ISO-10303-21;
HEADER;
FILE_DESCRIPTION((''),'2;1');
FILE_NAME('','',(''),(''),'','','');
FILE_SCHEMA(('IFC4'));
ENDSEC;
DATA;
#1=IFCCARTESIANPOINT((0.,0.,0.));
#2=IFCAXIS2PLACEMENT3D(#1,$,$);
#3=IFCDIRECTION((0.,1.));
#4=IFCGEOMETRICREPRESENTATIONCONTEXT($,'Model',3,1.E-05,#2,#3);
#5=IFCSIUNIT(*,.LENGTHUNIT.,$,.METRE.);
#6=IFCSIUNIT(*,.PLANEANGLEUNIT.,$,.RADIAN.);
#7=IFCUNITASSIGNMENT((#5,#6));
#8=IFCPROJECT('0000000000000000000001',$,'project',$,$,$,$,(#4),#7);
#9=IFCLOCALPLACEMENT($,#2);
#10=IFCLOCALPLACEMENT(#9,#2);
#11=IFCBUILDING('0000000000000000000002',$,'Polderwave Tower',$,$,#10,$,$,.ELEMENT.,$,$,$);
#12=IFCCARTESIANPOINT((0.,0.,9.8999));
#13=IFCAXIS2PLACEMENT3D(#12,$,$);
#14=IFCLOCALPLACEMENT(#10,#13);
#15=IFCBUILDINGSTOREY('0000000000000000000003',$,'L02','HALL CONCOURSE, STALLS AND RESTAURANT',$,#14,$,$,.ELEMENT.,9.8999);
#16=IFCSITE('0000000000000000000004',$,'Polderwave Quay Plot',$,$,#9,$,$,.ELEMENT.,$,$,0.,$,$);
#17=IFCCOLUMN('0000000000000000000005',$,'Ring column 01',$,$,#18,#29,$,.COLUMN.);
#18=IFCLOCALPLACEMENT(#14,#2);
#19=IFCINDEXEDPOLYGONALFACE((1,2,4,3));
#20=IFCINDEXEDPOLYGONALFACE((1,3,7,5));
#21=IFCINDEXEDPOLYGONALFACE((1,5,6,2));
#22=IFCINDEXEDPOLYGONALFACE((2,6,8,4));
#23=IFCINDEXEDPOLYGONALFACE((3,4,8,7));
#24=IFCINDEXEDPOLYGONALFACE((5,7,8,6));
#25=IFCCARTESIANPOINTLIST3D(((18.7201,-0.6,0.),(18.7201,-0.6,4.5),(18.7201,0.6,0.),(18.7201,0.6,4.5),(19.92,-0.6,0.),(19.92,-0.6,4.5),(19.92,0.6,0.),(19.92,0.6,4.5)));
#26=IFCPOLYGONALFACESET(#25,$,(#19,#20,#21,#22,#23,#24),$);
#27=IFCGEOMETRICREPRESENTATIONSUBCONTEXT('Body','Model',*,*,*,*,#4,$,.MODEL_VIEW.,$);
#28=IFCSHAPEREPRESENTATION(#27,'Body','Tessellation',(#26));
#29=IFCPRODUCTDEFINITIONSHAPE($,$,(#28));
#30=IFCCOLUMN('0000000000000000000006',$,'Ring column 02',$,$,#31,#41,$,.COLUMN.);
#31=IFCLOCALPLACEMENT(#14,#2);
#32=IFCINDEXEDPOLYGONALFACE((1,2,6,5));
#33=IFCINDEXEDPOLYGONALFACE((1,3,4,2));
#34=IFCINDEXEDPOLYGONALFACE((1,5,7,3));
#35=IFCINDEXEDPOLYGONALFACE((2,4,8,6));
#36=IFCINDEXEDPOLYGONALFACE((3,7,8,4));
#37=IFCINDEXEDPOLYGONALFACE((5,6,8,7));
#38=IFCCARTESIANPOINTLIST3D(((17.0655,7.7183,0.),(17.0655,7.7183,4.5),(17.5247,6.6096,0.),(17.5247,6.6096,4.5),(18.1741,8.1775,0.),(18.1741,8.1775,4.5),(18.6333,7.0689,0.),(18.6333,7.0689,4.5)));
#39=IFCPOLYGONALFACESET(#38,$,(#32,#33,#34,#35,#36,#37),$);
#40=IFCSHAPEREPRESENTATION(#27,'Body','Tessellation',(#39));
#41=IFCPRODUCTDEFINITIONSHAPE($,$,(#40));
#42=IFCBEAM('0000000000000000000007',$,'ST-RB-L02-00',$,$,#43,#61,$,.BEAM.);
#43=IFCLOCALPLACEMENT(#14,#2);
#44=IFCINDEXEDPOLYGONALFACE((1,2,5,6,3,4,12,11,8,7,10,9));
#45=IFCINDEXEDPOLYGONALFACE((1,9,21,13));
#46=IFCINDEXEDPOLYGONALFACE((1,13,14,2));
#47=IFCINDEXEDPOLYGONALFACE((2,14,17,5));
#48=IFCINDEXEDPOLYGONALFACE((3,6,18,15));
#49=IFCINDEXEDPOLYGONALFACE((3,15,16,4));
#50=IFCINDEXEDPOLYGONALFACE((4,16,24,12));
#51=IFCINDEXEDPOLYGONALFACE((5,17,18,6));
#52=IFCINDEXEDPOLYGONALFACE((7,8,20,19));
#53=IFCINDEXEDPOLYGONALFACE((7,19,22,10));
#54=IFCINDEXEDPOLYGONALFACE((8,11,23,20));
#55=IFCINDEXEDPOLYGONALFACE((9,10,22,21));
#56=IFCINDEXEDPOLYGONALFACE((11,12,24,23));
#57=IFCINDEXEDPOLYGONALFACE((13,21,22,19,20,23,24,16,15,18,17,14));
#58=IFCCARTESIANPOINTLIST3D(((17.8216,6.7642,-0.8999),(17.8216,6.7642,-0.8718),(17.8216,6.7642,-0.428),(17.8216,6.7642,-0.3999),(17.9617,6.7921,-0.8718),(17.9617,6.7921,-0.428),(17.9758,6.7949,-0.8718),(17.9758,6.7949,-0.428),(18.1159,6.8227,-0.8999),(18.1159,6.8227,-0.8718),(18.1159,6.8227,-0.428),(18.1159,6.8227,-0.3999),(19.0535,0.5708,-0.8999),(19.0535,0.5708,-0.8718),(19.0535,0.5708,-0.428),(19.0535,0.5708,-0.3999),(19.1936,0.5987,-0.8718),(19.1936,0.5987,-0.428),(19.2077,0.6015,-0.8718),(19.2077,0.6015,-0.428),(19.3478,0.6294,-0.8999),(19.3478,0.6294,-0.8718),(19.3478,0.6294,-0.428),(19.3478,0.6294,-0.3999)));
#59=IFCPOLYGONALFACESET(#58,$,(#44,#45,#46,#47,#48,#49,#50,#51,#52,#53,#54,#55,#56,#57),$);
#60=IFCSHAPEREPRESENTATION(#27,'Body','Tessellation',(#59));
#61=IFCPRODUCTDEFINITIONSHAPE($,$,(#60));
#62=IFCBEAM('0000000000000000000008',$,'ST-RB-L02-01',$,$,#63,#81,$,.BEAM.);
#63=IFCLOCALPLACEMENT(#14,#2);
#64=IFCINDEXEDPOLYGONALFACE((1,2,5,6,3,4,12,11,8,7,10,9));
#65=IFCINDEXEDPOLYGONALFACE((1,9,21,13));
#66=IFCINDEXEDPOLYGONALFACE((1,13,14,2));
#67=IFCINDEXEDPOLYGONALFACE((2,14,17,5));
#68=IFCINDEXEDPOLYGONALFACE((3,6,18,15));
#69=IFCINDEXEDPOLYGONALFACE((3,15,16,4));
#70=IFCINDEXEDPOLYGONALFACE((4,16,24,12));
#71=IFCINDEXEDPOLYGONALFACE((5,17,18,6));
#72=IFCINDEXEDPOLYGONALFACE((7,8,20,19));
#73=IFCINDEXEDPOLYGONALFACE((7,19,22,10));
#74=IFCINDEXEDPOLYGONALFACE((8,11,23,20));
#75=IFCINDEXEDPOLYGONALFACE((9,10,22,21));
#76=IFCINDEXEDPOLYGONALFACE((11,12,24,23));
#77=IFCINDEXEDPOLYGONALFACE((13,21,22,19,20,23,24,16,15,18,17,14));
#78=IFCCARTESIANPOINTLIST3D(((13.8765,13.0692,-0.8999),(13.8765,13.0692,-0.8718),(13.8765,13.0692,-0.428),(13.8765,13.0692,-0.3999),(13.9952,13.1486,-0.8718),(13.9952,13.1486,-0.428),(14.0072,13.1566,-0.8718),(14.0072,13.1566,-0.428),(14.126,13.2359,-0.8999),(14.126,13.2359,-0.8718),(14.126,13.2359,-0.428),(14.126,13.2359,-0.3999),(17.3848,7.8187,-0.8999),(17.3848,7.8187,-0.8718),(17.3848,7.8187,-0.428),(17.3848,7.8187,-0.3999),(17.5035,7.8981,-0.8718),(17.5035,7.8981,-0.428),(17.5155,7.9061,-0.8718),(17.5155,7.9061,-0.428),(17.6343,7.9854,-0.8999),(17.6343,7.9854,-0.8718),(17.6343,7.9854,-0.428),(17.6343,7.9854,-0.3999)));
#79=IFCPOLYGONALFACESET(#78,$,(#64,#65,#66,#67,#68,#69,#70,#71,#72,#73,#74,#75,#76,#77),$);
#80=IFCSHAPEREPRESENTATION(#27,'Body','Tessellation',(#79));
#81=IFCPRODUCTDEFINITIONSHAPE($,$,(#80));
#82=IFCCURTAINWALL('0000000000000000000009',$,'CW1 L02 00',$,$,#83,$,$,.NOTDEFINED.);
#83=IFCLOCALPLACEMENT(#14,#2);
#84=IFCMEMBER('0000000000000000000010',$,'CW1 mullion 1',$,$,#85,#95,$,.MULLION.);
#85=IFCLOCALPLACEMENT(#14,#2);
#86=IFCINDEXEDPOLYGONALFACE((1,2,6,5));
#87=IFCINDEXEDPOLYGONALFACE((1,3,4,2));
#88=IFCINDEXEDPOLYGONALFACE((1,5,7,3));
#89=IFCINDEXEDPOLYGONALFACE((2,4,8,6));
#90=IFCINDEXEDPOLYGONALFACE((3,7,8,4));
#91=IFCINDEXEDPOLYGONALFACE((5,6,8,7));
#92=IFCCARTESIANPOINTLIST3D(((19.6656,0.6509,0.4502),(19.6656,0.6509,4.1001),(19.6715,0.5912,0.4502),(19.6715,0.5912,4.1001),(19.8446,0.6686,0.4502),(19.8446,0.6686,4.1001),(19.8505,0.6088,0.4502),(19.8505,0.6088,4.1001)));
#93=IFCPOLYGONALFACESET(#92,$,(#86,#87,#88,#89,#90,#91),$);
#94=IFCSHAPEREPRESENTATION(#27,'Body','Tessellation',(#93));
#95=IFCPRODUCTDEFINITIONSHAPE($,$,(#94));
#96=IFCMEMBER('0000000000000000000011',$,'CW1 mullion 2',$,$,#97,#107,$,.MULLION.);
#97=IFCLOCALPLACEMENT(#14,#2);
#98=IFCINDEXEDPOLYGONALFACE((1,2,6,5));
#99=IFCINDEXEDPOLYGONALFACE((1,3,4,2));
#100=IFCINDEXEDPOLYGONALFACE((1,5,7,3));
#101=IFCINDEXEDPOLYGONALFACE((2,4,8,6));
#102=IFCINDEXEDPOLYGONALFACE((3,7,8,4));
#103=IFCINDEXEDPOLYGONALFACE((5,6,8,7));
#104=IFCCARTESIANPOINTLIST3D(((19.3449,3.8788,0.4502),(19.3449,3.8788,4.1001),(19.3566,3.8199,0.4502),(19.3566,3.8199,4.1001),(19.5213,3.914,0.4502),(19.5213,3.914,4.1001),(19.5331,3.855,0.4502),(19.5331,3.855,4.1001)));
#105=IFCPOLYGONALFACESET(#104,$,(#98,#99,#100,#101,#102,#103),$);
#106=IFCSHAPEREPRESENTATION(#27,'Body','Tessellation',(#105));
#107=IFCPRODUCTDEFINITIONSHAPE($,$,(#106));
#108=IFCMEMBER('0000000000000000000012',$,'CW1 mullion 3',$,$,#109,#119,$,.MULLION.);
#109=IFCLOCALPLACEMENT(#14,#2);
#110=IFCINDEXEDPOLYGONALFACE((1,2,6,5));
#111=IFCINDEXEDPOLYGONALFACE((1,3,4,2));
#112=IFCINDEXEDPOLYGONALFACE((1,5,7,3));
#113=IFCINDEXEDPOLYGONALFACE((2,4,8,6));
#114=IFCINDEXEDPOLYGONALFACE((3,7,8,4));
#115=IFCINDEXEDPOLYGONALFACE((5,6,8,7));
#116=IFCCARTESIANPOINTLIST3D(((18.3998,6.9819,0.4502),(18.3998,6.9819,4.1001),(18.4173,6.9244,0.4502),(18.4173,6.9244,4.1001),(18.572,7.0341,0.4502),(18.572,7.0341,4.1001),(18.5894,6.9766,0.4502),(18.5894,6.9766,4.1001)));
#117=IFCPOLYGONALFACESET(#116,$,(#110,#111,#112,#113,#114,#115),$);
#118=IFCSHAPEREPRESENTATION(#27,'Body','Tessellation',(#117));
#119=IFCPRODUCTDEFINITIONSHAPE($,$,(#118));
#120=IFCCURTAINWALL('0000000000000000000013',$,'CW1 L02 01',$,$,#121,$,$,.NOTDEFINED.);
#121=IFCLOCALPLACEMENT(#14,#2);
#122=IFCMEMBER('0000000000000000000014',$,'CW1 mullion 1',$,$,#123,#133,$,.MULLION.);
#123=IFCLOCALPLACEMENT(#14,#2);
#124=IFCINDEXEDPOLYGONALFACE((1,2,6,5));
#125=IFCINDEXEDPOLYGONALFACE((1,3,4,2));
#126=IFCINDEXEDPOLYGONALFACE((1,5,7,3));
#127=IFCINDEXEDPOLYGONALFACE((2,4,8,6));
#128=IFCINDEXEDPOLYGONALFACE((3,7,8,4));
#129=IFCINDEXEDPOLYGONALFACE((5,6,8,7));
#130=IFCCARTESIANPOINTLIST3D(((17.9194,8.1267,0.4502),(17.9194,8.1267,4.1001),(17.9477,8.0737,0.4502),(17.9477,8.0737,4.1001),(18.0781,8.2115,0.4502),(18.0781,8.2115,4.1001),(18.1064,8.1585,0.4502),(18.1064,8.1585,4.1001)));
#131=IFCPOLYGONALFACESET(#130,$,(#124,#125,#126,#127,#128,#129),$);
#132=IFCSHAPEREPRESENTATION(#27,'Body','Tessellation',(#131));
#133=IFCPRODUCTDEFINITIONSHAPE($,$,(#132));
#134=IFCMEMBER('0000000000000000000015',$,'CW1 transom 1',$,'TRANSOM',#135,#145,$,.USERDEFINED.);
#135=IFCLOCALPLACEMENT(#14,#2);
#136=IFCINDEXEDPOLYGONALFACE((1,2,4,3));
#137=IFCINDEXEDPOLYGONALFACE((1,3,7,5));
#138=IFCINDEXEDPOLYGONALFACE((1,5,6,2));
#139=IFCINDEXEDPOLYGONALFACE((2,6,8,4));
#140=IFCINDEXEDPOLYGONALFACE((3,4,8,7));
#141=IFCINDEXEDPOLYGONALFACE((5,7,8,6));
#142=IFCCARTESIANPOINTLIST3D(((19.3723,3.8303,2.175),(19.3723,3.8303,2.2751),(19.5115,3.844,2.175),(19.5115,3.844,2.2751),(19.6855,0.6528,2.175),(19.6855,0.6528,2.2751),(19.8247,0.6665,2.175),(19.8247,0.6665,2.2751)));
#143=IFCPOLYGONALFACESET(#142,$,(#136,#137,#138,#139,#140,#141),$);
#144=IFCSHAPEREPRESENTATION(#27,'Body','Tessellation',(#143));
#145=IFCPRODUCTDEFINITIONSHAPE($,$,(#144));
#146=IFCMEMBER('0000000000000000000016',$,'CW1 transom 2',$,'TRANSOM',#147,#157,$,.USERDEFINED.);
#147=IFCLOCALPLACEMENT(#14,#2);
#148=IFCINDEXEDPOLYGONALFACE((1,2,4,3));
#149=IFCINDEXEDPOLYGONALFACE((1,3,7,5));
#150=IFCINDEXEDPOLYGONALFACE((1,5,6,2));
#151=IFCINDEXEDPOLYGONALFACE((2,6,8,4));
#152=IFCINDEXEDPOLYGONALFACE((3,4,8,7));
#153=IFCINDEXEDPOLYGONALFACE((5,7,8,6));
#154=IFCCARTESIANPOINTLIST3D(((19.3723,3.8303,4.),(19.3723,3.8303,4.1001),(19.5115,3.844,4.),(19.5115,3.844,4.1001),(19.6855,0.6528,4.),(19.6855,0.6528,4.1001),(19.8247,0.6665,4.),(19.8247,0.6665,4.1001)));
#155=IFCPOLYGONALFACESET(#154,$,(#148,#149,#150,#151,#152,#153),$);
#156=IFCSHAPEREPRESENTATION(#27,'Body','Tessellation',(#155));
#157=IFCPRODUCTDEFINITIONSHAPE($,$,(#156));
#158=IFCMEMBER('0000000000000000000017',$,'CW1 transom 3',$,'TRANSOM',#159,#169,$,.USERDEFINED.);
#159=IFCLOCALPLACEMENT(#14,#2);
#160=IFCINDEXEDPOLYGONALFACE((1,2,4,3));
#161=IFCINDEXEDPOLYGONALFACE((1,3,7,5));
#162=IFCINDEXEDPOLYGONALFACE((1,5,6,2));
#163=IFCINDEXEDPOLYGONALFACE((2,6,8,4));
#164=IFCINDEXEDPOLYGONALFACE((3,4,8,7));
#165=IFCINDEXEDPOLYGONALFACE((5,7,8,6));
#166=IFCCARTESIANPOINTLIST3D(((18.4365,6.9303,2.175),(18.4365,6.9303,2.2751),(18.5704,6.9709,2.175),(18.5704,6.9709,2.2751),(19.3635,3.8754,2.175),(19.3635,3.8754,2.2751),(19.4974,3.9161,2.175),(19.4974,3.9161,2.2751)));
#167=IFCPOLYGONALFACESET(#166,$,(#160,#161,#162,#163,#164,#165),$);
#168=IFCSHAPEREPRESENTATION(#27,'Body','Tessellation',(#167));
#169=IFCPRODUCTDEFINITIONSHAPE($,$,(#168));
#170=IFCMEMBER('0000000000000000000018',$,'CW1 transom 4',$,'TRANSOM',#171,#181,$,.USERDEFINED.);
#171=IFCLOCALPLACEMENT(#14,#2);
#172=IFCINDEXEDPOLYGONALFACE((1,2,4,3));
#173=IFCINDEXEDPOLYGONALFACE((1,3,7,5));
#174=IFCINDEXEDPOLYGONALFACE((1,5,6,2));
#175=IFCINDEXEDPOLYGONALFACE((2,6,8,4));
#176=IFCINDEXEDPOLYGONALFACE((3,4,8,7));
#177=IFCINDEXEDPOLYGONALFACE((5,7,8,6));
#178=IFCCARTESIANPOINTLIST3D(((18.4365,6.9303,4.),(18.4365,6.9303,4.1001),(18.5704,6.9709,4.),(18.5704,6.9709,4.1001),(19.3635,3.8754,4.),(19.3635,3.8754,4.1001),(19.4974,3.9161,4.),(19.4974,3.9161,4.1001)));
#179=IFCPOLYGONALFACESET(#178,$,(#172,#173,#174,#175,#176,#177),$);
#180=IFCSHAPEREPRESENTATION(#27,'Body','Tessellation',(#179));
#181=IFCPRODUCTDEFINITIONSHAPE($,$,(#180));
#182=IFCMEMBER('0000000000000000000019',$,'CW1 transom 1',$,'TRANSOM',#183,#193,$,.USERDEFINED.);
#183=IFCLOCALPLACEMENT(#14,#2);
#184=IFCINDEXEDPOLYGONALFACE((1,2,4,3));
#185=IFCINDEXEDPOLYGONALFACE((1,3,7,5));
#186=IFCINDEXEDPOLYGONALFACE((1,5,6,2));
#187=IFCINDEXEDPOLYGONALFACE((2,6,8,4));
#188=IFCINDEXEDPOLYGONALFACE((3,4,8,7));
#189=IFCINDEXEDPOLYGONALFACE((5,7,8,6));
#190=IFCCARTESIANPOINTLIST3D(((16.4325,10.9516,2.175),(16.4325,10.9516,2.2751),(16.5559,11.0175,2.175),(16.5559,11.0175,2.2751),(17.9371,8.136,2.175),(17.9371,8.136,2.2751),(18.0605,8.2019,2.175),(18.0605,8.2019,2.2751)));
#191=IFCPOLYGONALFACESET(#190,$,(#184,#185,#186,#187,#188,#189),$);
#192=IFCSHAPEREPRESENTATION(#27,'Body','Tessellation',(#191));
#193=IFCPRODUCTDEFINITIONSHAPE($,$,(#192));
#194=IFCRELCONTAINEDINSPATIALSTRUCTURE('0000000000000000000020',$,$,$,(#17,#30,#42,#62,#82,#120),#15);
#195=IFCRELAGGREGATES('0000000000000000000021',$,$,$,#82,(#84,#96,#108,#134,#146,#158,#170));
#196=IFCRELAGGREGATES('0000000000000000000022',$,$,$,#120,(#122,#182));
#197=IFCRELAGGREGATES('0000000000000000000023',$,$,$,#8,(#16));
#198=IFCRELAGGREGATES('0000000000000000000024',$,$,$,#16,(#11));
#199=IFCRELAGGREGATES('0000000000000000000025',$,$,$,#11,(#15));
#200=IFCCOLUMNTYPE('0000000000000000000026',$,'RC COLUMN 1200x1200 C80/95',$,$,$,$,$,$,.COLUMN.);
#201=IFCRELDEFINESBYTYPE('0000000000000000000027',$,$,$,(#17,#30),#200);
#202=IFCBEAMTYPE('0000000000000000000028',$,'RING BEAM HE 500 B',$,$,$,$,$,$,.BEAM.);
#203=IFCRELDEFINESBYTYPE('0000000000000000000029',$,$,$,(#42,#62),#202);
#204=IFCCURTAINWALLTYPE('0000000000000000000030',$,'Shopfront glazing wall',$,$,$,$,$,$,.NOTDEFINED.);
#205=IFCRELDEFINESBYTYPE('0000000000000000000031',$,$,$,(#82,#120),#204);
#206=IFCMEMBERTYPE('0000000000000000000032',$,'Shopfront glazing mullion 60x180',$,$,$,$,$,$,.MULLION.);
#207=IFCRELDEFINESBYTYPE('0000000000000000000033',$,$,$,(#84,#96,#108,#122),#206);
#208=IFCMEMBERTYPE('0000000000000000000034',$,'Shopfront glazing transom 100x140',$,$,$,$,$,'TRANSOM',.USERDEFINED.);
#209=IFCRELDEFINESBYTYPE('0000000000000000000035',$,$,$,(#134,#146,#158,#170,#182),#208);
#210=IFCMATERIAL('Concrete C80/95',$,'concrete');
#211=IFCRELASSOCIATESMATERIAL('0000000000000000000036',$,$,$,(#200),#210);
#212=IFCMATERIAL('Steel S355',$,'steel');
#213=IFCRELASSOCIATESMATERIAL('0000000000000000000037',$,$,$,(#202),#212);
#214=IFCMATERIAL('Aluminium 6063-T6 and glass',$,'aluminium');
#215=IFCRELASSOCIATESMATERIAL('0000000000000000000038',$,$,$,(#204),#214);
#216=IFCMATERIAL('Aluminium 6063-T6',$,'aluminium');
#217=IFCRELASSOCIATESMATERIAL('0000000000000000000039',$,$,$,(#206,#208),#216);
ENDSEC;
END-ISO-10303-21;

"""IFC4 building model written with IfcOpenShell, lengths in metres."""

from ifc_helpers import new_model, si_unit, direction, frame, origin, origin_2d, place, context, subcontext, project, spatial, rectangle, i_section, extrude, material, material_profile, profile_set, type_object, element, aggregate, save


model = new_model("IFC4")

# Units and contexts
model_context = context("Model", 3, precision=1e-05, world=origin(), true_north=direction((0.0, 1.0)))
body_context = subcontext(model_context, "Body", "Model", "MODEL_VIEW")
ifc_project = project(units=[si_unit("LENGTHUNIT", "METRE"), si_unit("PLANEANGLEUNIT", "RADIAN")], contexts=[model_context])

# Site, building, storey
site_placement = place(None, origin())
site = spatial("IfcSite", under=ifc_project, at=site_placement, Name="Polderwave Quay Plot", CompositionType="ELEMENT", RefElevation=0.0)
building_placement = place(site_placement, origin())
building = spatial("IfcBuilding", under=site, at=building_placement, Name="Polderwave Tower", CompositionType="ELEMENT")
storey_placement = place(building_placement, frame((0.0, 0.0, 9.8999)))
storey = spatial("IfcBuildingStorey", under=building, at=storey_placement, Name="L02", Description="HALL CONCOURSE, STALLS AND RESTAURANT", CompositionType="ELEMENT", Elevation=9.8999)

# Columns
ifc_material_1 = material(Name="Concrete C80/95", Category="concrete")
ifc_material_profile_1 = material_profile(ifc_material_1, rectangle(XDim=1.2, YDim=1.2, at=origin_2d()), Name="RC 1200x1200")
ifc_profile_set_1 = profile_set([ifc_material_profile_1], Name="Concrete C80/95")
column_type = type_object("IfcColumnType", Name="RC COLUMN 1200x1200 C80/95", PredefinedType="COLUMN", material=ifc_profile_set_1)
for number, where, z_axis, x_axis, name in (
    (1, (19.3201, 0.0, 0.0), (0.0, 0.0, 1.0), (1.0, 0.0, 0.0), "Ring column 01"),
    (2, (17.8494, 7.3936, 0.0), (0.0, 0.0, 1.0), (0.92388, 0.382683, 0.0), "Ring column 02"),
):
    element("IfcColumn", number, at=place(storey_placement, frame(where, z_axis=z_axis, x_axis=x_axis)), inside=storey, type_object=column_type, Name=name, PredefinedType="COLUMN", context=body_context, shape_type="SweptSolid", body=[
        extrude(rectangle(XDim=1.2, YDim=1.2, at=origin_2d()), origin(), (0.0, 0.0, 1.0), 4.5),
    ])

# Beams
ifc_material_2 = material(Name="Steel S355", Category="steel")
ifc_material_profile_2 = material_profile(ifc_material_2, i_section(OverallWidth=0.3, OverallDepth=0.5, WebThickness=0.0144, FlangeThickness=0.0281, at=origin_2d()), Name="HE 500 B")
ifc_profile_set_2 = profile_set([ifc_material_profile_2], Name="Steel S355")
beam_type = type_object("IfcBeamType", Name="RING BEAM HE 500 B", PredefinedType="BEAM", material=ifc_profile_set_2)
for number, where, z_axis, x_axis, name in (
    (3, (19.2007, 0.6001, -0.6499), (-0.19509, 0.980785, 0.0), (-0.980785, -0.19509, 0.0), "ST-RB-L02-00"),
    (4, (17.5095, 7.9021, -0.6499), (-0.555574, 0.831467, 0.0), (-0.831467, -0.555574, 0.0), "ST-RB-L02-01"),
):
    element("IfcBeam", number, at=place(storey_placement, frame(where, z_axis=z_axis, x_axis=x_axis)), inside=storey, type_object=beam_type, Name=name, PredefinedType="BEAM", context=body_context, shape_type="SweptSolid", body=[
        extrude(i_section(OverallWidth=0.3, OverallDepth=0.5, WebThickness=0.0144, FlangeThickness=0.0281, at=origin_2d()), origin(), (0.0, 0.0, 1.0), 6.3147),
    ])

# Curtain wall, members
ifc_material_3 = material(Name="Aluminium 6063-T6 and glass", Category="aluminium")
curtain_wall_type = type_object("IfcCurtainWallType", Name="Shopfront glazing wall", PredefinedType="NOTDEFINED", material=ifc_material_3)
curtain_wall_1_placement = place(storey_placement, origin())
curtain_wall_1 = element("IfcCurtainWall", 5, at=curtain_wall_1_placement, inside=storey, type_object=curtain_wall_type, Name="CW1 L02 00", PredefinedType="NOTDEFINED")
ifc_material_4 = material(Name="Aluminium 6063-T6", Category="aluminium")
ifc_material_profile_3 = material_profile(ifc_material_4, rectangle(XDim=0.1799, YDim=0.0601, at=origin_2d()), Name="AL 60x180")
ifc_profile_set_3 = profile_set([ifc_material_profile_3], Name="Aluminium 6063-T6")
member_type_1 = type_object("IfcMemberType", Name="Shopfront glazing mullion 60x180", PredefinedType="MULLION", material=ifc_profile_set_3)
member_1_placement = place(storey_placement, frame((19.7581, 0.6299, 0.4502), z_axis=(0.0, 0.0, 1.0), x_axis=(-0.995178, -0.098087, 0.0)))
member_1 = element("IfcMember", 6, at=member_1_placement, type_object=member_type_1, Name="CW1 mullion 1", PredefinedType="MULLION", context=body_context, shape_type="SweptSolid", body=[
    extrude(rectangle(XDim=0.1799, YDim=0.0601, at=origin_2d()), origin(), (0.0, 0.0, 1.0), 3.6499),
])
member_2_placement = place(storey_placement, frame((19.439, 3.8669, 0.4502), z_axis=(0.0, 0.0, 1.0), x_axis=(-0.980773, -0.195152, 0.0)))
member_2 = element("IfcMember", 7, at=member_2_placement, type_object=member_type_1, Name="CW1 mullion 2", PredefinedType="MULLION", context=body_context, shape_type="SweptSolid", body=[
    extrude(rectangle(XDim=0.1799, YDim=0.0601, at=origin_2d()), origin(), (0.0, 0.0, 1.0), 3.6499),
])
member_3_placement = place(storey_placement, frame((18.4946, 6.9792, 0.4502), z_axis=(0.0, 0.0, 1.0), x_axis=(-0.956925, -0.290336, 0.0)))
member_3 = element("IfcMember", 8, at=member_3_placement, type_object=member_type_1, Name="CW1 mullion 3", PredefinedType="MULLION", context=body_context, shape_type="SweptSolid", body=[
    extrude(rectangle(XDim=0.1799, YDim=0.0601, at=origin_2d()), origin(), (0.0, 0.0, 1.0), 3.6499),
])

# Curtain wall, member
curtain_wall_2_placement = place(storey_placement, origin())
curtain_wall_2 = element("IfcCurtainWall", 9, at=curtain_wall_2_placement, inside=storey, type_object=curtain_wall_type, Name="CW1 L02 01", PredefinedType="NOTDEFINED")
member_4_placement = place(storey_placement, frame((18.0129, 8.1426, 0.4502), z_axis=(0.0, 0.0, 1.0), x_axis=(-0.881973, -0.4713, 0.0)))
member_4 = element("IfcMember", 10, at=member_4_placement, type_object=member_type_1, Name="CW1 mullion 1", PredefinedType="MULLION", context=body_context, shape_type="SweptSolid", body=[
    extrude(rectangle(XDim=0.1799, YDim=0.0601, at=origin_2d()), origin(), (0.0, 0.0, 1.0), 3.6499),
])

# Members
ifc_material_profile_4 = material_profile(ifc_material_4, rectangle(XDim=0.1399, YDim=0.1001, at=origin_2d()), Name="AL 100x140")
ifc_profile_set_4 = profile_set([ifc_material_profile_4], Name="Aluminium 6063-T6")
member_type_2 = type_object("IfcMemberType", Name="Shopfront glazing transom 100x140", ElementType="TRANSOM", PredefinedType="USERDEFINED", material=ifc_profile_set_4)
member_5_placement = place(storey_placement, frame((19.7551, 0.6597, 2.2251), z_axis=(-0.098103, 0.995176, 0.0), x_axis=(-0.995176, -0.098103, 0.0)))
member_5 = element("IfcMember", 11, at=member_5_placement, type_object=member_type_2, Name="CW1 transom 1", ObjectType="TRANSOM", PredefinedType="USERDEFINED", context=body_context, shape_type="SweptSolid", body=[
    extrude(rectangle(XDim=0.1399, YDim=0.1001, at=origin_2d()), origin(), (0.0, 0.0, 1.0), 3.1929),
])
member_6_placement = place(storey_placement, frame((19.7551, 0.6597, 4.05), z_axis=(-0.098103, 0.995176, 0.0), x_axis=(-0.995176, -0.098103, 0.0)))
member_6 = element("IfcMember", 12, at=member_6_placement, type_object=member_type_2, Name="CW1 transom 2", ObjectType="TRANSOM", PredefinedType="USERDEFINED", context=body_context, shape_type="SweptSolid", body=[
    extrude(rectangle(XDim=0.1399, YDim=0.1001, at=origin_2d()), origin(), (0.0, 0.0, 1.0), 3.1929),
])
member_7_placement = place(storey_placement, frame((19.4304, 3.8958, 2.2251), z_axis=(-0.29037, 0.956914, 0.0), x_axis=(-0.956914, -0.29037, 0.0)))
member_7 = element("IfcMember", 13, at=member_7_placement, type_object=member_type_2, Name="CW1 transom 3", ObjectType="TRANSOM", PredefinedType="USERDEFINED", context=body_context, shape_type="SweptSolid", body=[
    extrude(rectangle(XDim=0.1399, YDim=0.1001, at=origin_2d()), origin(), (0.0, 0.0, 1.0), 3.1924),
])
member_8_placement = place(storey_placement, frame((19.4304, 3.8958, 4.05), z_axis=(-0.29037, 0.956914, 0.0), x_axis=(-0.956914, -0.29037, 0.0)))
member_8 = element("IfcMember", 14, at=member_8_placement, type_object=member_type_2, Name="CW1 transom 4", ObjectType="TRANSOM", PredefinedType="USERDEFINED", context=body_context, shape_type="SweptSolid", body=[
    extrude(rectangle(XDim=0.1399, YDim=0.1001, at=origin_2d()), origin(), (0.0, 0.0, 1.0), 3.1924),
])
member_9_placement = place(storey_placement, frame((17.9988, 8.1689, 2.2251), z_axis=(-0.471307, 0.881969, 0.0), x_axis=(-0.881969, -0.471307, 0.0)))
member_9 = element("IfcMember", 15, at=member_9_placement, type_object=member_type_2, Name="CW1 transom 1", ObjectType="TRANSOM", PredefinedType="USERDEFINED", context=body_context, shape_type="SweptSolid", body=[
    extrude(rectangle(XDim=0.1399, YDim=0.1001, at=origin_2d()), origin(), (0.0, 0.0, 1.0), 3.1924),
])

aggregate(curtain_wall_1, [member_1, member_2, member_3, member_5, member_6, member_7, member_8])
aggregate(curtain_wall_2, [member_4, member_9])

save(model, "model.ifc")
